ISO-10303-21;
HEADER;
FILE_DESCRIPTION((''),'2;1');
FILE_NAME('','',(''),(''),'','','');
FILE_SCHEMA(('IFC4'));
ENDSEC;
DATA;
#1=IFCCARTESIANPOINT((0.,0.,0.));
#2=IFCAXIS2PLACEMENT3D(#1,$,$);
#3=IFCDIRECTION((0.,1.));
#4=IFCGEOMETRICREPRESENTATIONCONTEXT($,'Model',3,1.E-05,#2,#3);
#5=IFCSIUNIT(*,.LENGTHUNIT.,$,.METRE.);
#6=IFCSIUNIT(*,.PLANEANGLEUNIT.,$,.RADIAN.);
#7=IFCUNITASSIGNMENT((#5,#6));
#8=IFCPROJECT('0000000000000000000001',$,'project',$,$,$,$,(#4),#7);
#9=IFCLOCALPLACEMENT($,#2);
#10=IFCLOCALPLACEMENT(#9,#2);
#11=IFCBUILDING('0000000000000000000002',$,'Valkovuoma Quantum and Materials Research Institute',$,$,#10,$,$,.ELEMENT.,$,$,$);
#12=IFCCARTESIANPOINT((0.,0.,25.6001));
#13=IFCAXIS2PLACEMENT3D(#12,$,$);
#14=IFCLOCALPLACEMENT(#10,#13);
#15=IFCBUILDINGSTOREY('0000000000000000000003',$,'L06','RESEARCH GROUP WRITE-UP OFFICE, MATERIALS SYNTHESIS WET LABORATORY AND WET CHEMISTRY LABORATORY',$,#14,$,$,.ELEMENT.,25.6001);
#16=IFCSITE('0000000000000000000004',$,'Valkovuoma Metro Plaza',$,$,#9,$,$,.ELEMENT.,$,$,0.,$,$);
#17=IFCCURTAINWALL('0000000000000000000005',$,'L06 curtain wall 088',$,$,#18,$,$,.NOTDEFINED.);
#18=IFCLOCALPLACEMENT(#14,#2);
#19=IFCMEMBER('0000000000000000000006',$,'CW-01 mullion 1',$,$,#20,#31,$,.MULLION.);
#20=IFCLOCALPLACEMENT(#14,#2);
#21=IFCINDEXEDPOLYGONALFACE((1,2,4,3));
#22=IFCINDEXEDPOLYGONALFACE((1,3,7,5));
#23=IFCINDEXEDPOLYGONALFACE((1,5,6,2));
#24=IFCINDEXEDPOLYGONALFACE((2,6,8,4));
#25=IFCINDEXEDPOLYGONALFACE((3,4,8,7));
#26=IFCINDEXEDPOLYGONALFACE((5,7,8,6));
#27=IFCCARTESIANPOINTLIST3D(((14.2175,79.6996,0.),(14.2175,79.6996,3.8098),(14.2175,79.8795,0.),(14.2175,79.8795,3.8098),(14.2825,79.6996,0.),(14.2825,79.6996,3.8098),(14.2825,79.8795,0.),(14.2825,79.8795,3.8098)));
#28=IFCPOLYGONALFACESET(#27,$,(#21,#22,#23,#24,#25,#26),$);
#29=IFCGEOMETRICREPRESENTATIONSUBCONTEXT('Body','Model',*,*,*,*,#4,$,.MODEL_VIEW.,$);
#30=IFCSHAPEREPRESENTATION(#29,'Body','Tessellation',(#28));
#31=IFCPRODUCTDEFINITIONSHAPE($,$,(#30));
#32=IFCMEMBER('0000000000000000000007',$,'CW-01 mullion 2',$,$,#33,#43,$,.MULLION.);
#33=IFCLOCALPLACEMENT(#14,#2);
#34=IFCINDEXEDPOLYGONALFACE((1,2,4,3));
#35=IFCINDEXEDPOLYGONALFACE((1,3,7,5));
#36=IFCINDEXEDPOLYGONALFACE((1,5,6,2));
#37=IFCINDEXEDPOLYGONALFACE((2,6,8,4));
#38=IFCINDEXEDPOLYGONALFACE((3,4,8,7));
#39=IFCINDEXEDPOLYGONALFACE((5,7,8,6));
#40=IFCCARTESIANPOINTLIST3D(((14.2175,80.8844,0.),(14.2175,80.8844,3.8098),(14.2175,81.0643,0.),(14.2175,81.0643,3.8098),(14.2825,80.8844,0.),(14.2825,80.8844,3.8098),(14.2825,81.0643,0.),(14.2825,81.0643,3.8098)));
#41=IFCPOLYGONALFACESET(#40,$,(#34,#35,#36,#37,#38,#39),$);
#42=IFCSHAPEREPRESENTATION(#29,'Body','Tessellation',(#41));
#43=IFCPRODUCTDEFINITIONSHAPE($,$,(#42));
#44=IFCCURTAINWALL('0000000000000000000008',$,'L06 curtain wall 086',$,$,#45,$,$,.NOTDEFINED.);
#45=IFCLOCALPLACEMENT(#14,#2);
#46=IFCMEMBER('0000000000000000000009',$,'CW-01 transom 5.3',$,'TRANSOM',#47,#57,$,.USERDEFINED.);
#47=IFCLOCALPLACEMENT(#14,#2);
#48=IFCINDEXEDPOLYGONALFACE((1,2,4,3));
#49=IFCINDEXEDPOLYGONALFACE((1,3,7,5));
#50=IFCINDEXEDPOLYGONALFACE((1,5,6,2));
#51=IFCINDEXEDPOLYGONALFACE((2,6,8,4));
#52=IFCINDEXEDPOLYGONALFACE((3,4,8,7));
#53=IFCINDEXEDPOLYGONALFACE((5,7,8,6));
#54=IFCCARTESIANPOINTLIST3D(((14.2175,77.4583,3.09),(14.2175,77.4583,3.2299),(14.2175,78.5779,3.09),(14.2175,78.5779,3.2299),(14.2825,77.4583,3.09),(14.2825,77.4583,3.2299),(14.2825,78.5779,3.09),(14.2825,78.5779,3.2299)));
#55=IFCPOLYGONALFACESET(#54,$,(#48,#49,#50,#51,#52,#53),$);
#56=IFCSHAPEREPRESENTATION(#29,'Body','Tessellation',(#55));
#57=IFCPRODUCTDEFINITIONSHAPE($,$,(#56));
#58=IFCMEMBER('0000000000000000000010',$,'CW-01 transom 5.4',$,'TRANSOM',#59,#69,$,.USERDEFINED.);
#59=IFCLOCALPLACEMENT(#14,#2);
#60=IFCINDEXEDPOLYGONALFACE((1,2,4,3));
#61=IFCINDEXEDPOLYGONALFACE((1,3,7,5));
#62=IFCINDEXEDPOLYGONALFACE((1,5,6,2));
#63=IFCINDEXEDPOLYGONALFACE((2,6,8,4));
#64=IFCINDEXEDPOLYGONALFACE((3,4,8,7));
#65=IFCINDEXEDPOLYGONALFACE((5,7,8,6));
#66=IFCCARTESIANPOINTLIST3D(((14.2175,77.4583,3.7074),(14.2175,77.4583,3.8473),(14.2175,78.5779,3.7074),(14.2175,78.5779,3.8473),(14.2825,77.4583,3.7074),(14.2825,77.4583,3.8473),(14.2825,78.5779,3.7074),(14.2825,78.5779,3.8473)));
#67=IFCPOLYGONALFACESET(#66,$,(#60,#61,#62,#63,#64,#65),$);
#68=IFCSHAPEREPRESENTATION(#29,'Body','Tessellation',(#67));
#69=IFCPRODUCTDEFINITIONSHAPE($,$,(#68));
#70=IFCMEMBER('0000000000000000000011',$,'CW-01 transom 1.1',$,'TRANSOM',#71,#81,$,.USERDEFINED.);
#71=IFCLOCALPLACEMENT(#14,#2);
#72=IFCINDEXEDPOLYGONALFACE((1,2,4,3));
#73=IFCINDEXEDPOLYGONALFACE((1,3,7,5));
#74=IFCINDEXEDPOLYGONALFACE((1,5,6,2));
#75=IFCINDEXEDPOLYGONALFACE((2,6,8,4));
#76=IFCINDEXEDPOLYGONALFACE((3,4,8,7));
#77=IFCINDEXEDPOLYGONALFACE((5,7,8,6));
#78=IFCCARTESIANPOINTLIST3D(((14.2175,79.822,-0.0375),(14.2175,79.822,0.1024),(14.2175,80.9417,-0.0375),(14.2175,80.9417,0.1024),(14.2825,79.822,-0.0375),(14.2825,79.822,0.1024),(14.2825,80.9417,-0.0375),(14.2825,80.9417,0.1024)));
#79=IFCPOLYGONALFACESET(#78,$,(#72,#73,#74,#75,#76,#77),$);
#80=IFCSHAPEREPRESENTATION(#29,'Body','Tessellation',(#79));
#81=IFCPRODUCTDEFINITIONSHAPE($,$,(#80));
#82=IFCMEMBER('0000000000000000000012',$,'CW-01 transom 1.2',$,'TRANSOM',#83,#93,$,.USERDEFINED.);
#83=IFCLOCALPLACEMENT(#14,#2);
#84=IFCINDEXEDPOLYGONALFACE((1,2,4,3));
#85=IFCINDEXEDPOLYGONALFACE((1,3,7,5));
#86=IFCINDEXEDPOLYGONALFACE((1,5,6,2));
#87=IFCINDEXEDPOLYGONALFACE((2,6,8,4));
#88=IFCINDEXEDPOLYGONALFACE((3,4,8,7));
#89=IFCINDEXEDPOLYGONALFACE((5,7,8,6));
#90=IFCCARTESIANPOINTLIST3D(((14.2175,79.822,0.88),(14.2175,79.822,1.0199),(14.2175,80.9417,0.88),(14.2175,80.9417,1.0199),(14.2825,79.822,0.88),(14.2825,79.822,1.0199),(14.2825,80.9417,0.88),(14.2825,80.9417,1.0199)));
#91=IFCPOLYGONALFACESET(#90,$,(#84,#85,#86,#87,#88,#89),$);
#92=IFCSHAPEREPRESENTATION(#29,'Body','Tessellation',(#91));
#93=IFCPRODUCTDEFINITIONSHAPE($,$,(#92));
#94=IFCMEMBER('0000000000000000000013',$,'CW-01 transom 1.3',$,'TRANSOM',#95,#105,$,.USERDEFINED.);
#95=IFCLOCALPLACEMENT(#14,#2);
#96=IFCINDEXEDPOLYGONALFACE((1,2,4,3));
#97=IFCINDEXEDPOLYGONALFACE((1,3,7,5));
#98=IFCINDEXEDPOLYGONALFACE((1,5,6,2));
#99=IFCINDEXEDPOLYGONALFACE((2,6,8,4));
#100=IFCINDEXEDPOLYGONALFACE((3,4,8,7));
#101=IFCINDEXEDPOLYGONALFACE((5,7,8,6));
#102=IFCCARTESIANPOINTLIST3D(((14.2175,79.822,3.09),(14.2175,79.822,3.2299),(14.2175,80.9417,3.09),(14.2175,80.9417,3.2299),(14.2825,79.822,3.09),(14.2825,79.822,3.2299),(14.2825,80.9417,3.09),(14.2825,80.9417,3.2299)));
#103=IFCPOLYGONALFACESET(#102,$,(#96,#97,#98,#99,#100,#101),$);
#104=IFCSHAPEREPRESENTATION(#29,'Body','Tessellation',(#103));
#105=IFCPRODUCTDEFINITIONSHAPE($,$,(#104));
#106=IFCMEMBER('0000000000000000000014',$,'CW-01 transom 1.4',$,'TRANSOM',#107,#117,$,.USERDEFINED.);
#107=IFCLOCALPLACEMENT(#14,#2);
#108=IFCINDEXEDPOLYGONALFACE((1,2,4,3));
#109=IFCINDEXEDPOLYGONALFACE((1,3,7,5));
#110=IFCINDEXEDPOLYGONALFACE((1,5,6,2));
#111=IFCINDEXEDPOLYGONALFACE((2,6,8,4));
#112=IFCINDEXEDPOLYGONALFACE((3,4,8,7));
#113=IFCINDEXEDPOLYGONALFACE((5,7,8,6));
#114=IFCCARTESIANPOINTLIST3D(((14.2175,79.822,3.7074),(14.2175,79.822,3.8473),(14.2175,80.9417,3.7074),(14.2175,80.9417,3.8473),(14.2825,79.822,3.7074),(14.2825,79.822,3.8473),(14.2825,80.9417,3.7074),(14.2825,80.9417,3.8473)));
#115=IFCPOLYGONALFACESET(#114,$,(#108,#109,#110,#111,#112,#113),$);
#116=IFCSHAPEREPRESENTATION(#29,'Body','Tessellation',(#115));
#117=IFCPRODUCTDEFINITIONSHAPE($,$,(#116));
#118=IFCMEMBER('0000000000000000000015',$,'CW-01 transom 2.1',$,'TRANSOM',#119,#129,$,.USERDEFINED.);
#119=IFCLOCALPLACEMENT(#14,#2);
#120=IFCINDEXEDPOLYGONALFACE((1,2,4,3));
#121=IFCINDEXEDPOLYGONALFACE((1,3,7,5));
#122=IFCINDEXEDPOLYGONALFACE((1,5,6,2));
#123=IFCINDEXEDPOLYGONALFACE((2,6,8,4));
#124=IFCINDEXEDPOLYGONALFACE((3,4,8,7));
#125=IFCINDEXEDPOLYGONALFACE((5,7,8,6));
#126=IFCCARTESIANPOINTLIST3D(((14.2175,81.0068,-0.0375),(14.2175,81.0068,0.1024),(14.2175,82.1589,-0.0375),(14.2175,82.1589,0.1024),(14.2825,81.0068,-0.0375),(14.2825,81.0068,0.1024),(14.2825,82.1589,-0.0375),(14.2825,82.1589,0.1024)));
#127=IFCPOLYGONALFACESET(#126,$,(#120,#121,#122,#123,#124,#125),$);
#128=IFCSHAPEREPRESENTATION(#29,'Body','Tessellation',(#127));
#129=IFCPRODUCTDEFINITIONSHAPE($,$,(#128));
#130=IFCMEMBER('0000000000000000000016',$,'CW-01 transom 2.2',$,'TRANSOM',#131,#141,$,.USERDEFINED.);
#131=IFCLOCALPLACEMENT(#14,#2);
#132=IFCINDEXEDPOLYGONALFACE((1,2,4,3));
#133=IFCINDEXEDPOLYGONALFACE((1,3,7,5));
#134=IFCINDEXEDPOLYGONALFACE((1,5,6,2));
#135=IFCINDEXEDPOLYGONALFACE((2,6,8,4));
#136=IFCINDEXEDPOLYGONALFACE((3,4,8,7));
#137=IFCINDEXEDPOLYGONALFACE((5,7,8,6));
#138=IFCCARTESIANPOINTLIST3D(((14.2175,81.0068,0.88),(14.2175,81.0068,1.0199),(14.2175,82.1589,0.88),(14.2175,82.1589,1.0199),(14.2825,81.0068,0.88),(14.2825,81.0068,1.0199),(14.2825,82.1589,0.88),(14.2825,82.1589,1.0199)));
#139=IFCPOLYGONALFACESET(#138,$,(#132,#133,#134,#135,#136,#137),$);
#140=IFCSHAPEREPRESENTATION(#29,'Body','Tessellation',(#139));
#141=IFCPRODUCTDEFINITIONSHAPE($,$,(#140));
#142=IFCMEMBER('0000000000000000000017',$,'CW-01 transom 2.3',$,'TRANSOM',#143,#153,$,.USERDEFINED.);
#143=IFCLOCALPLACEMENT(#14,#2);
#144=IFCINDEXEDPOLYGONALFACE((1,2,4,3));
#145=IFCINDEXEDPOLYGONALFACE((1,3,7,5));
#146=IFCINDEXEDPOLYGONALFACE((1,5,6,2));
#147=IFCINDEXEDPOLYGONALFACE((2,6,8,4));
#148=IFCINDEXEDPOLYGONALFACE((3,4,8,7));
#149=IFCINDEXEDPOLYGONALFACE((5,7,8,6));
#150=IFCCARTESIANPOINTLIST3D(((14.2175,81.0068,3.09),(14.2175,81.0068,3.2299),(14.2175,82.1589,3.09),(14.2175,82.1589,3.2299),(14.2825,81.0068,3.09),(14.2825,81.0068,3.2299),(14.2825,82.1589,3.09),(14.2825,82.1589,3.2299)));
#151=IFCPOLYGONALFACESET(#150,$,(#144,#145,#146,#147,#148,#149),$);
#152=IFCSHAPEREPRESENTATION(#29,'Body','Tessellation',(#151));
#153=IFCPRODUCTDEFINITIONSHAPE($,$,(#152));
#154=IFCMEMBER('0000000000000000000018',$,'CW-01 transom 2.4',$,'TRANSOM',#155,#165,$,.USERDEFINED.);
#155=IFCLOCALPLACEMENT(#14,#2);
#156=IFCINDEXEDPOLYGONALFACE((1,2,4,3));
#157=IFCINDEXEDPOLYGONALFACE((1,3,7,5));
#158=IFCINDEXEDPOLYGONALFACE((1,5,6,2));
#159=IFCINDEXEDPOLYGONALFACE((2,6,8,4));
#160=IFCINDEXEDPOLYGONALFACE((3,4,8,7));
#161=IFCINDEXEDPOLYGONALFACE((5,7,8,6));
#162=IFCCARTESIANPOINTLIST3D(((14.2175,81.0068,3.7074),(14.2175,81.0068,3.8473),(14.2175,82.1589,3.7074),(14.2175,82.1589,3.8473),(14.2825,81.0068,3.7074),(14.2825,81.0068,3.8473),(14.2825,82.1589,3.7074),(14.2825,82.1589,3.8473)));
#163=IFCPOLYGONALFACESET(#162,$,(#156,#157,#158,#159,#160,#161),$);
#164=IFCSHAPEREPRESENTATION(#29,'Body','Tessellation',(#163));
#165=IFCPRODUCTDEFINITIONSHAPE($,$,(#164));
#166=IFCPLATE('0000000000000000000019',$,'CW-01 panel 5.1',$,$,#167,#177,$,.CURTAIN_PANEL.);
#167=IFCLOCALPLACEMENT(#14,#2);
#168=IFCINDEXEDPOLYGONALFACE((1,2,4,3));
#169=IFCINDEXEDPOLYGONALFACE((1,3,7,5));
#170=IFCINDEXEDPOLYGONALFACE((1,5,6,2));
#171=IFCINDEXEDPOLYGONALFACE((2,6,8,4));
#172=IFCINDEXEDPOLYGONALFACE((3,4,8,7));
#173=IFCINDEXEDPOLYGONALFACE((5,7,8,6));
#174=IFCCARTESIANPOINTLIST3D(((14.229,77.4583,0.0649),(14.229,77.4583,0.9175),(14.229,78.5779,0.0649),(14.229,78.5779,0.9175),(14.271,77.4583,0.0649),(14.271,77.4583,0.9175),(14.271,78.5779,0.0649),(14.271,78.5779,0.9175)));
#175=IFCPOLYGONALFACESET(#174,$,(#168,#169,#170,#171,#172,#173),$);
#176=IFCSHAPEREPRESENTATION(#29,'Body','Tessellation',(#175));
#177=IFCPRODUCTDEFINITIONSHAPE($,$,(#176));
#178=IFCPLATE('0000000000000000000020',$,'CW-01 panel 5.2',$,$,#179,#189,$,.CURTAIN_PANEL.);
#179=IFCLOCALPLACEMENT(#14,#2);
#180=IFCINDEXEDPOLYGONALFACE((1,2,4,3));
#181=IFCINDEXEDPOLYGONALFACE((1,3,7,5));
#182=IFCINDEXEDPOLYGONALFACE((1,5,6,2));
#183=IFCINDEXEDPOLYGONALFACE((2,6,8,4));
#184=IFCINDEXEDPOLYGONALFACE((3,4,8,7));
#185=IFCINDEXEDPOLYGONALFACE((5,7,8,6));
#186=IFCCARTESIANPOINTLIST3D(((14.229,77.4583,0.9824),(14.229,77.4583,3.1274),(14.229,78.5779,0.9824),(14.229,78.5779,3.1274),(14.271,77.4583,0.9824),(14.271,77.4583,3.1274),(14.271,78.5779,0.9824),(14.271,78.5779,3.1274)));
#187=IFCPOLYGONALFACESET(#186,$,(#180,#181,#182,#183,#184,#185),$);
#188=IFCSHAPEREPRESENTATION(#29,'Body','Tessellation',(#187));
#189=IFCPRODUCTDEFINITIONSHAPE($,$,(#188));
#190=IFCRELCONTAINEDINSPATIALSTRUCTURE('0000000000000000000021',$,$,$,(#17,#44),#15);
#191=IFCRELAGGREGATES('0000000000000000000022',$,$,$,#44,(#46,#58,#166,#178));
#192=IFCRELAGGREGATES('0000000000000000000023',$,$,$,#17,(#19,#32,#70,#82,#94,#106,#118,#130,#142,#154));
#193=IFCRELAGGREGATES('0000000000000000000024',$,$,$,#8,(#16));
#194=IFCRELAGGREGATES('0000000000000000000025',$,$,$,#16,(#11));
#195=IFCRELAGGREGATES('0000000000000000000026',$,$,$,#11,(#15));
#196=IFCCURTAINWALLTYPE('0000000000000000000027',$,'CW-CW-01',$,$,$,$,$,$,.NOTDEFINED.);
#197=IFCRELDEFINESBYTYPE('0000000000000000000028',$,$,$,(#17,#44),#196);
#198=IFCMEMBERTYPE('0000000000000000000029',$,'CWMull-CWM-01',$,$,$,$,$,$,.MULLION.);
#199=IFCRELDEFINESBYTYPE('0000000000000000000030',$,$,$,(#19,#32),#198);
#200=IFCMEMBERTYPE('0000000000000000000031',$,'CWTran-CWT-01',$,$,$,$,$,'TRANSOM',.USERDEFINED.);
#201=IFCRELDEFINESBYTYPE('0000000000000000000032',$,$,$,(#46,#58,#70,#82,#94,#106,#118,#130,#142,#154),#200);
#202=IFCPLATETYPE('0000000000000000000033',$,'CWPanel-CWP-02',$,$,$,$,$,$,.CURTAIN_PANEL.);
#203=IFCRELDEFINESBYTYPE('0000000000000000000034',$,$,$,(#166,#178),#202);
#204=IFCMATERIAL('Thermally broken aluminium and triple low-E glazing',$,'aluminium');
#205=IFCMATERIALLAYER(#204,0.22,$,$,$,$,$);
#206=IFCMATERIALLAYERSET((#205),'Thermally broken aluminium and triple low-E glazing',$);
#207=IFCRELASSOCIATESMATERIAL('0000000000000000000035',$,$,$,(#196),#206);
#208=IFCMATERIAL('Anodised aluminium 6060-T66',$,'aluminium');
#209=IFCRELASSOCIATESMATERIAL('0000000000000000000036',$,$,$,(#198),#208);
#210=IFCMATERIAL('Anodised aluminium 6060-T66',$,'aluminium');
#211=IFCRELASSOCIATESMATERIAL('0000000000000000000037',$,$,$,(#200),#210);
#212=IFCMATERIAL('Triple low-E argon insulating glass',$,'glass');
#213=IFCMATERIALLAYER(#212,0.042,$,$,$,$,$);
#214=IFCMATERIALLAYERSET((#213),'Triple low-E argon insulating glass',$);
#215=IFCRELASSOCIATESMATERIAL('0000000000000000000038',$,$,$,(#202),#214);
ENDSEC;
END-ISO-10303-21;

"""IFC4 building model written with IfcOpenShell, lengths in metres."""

from ifc_helpers import new_model, si_unit, direction, frame, origin, origin_2d, place, context, subcontext, project, spatial, rectangle, extrude, material, layer, layer_set, material_profile, profile_set, type_object, element, aggregate, save


model = new_model("IFC4")

# Units and contexts
model_context = context("Model", 3, precision=1e-05, world=origin(), true_north=direction((0.0, 1.0)))
body_context = subcontext(model_context, "Body", "Model", "MODEL_VIEW")
ifc_project = project(units=[si_unit("LENGTHUNIT", "METRE"), si_unit("PLANEANGLEUNIT", "RADIAN")], contexts=[model_context])

# Site, building, storey
site_placement = place(None, origin())
site = spatial("IfcSite", under=ifc_project, at=site_placement, Name="Valkovuoma Metro Plaza", CompositionType="ELEMENT", RefElevation=0.0)
building_placement = place(site_placement, origin())
building = spatial("IfcBuilding", under=site, at=building_placement, Name="Valkovuoma Quantum and Materials Research Institute", CompositionType="ELEMENT")
storey_placement = place(building_placement, frame((0.0, 0.0, 25.6001)))
storey = spatial("IfcBuildingStorey", under=building, at=storey_placement, Name="L06", Description="RESEARCH GROUP WRITE-UP OFFICE, MATERIALS SYNTHESIS WET LABORATORY AND WET CHEMISTRY LABORATORY", CompositionType="ELEMENT", Elevation=25.6001)

# Curtain walls, members
ifc_material_1 = material(Name="Thermally broken aluminium and triple low-E glazing", Category="aluminium")
ifc_layer_1 = layer(ifc_material_1, 0.22)
ifc_layer_set_1 = layer_set([ifc_layer_1], Name="Thermally broken aluminium and triple low-E glazing")
curtain_wall_type = type_object("IfcCurtainWallType", Name="CW-CW-01", PredefinedType="NOTDEFINED", material=ifc_layer_set_1)
curtain_wall_1_placement = place(storey_placement, origin())
curtain_wall_1 = element("IfcCurtainWall", 1, at=curtain_wall_1_placement, inside=storey, type_object=curtain_wall_type, Name="L06 curtain wall 088", PredefinedType="NOTDEFINED")
ifc_material_2 = material(Name="Anodised aluminium 6060-T66", Category="aluminium")
ifc_material_profile_1 = material_profile(ifc_material_2, rectangle(XDim=0.0649, YDim=0.1799, at=origin_2d()), Name="Anodised aluminium 6060-T66")
ifc_profile_set_1 = profile_set([ifc_material_profile_1], Name="Anodised aluminium 6060-T66")
member_type_1 = type_object("IfcMemberType", Name="CWMull-CWM-01", PredefinedType="MULLION", material=ifc_profile_set_1)
member_1_placement = place(storey_placement, frame((14.25, 79.7896, 0.0), z_axis=(0.0, 0.0, 1.0), x_axis=(-1.0, 0.0, 0.0)))
member_1 = element("IfcMember", 2, at=member_1_placement, type_object=member_type_1, Name="CW-01 mullion 1", PredefinedType="MULLION", context=body_context, shape_type="SweptSolid", body=[
    extrude(rectangle(XDim=0.0649, YDim=0.1799, at=origin_2d()), origin(), (0.0, 0.0, 1.0), 3.8098),
])
member_2_placement = place(storey_placement, frame((14.25, 80.9744, 0.0), z_axis=(0.0, 0.0, 1.0), x_axis=(-1.0, 0.0, 0.0)))
member_2 = element("IfcMember", 3, at=member_2_placement, type_object=member_type_1, Name="CW-01 mullion 2", PredefinedType="MULLION", context=body_context, shape_type="SweptSolid", body=[
    extrude(rectangle(XDim=0.0649, YDim=0.1799, at=origin_2d()), origin(), (0.0, 0.0, 1.0), 3.8098),
])
curtain_wall_2_placement = place(storey_placement, origin())
curtain_wall_2 = element("IfcCurtainWall", 4, at=curtain_wall_2_placement, inside=storey, type_object=curtain_wall_type, Name="L06 curtain wall 086", PredefinedType="NOTDEFINED")
ifc_material_3 = material(Name="Anodised aluminium 6060-T66", Category="aluminium")
ifc_material_profile_2 = material_profile(ifc_material_3, rectangle(XDim=0.0649, YDim=0.1399, at=origin_2d()), Name="Anodised aluminium 6060-T66")
ifc_profile_set_2 = profile_set([ifc_material_profile_2], Name="Anodised aluminium 6060-T66")
member_type_2 = type_object("IfcMemberType", Name="CWTran-CWT-01", ElementType="TRANSOM", PredefinedType="USERDEFINED", material=ifc_profile_set_2)
member_3_placement = place(storey_placement, frame((14.25, 77.4583, 3.1599), z_axis=(0.0, 1.0, 0.0), x_axis=(-1.0, 0.0, 0.0)))
member_3 = element("IfcMember", 5, at=member_3_placement, type_object=member_type_2, Name="CW-01 transom 5.3", ObjectType="TRANSOM", PredefinedType="USERDEFINED", context=body_context, shape_type="SweptSolid", body=[
    extrude(rectangle(XDim=0.0649, YDim=0.1399, at=origin_2d()), origin(), (0.0, 0.0, 1.0), 1.1196),
])
member_4_placement = place(storey_placement, frame((14.25, 77.4583, 3.7773), z_axis=(0.0, 1.0, 0.0), x_axis=(-1.0, 0.0, 0.0)))
member_4 = element("IfcMember", 6, at=member_4_placement, type_object=member_type_2, Name="CW-01 transom 5.4", ObjectType="TRANSOM", PredefinedType="USERDEFINED", context=body_context, shape_type="SweptSolid", body=[
    extrude(rectangle(XDim=0.0649, YDim=0.1399, at=origin_2d()), origin(), (0.0, 0.0, 1.0), 1.1196),
])

# Members
member_5_placement = place(storey_placement, frame((14.25, 79.822, 0.0325), z_axis=(0.0, 1.0, 0.0), x_axis=(-1.0, 0.0, 0.0)))
member_5 = element("IfcMember", 7, at=member_5_placement, type_object=member_type_2, Name="CW-01 transom 1.1", ObjectType="TRANSOM", PredefinedType="USERDEFINED", context=body_context, shape_type="SweptSolid", body=[
    extrude(rectangle(XDim=0.0649, YDim=0.1399, at=origin_2d()), origin(), (0.0, 0.0, 1.0), 1.1196),
])
member_6_placement = place(storey_placement, frame((14.25, 79.822, 0.95), z_axis=(0.0, 1.0, 0.0), x_axis=(-1.0, 0.0, 0.0)))
member_6 = element("IfcMember", 8, at=member_6_placement, type_object=member_type_2, Name="CW-01 transom 1.2", ObjectType="TRANSOM", PredefinedType="USERDEFINED", context=body_context, shape_type="SweptSolid", body=[
    extrude(rectangle(XDim=0.0649, YDim=0.1399, at=origin_2d()), origin(), (0.0, 0.0, 1.0), 1.1196),
])
member_7_placement = place(storey_placement, frame((14.25, 79.822, 3.1599), z_axis=(0.0, 1.0, 0.0), x_axis=(-1.0, 0.0, 0.0)))
member_7 = element("IfcMember", 9, at=member_7_placement, type_object=member_type_2, Name="CW-01 transom 1.3", ObjectType="TRANSOM", PredefinedType="USERDEFINED", context=body_context, shape_type="SweptSolid", body=[
    extrude(rectangle(XDim=0.0649, YDim=0.1399, at=origin_2d()), origin(), (0.0, 0.0, 1.0), 1.1196),
])
member_8_placement = place(storey_placement, frame((14.25, 79.822, 3.7773), z_axis=(0.0, 1.0, 0.0), x_axis=(-1.0, 0.0, 0.0)))
member_8 = element("IfcMember", 10, at=member_8_placement, type_object=member_type_2, Name="CW-01 transom 1.4", ObjectType="TRANSOM", PredefinedType="USERDEFINED", context=body_context, shape_type="SweptSolid", body=[
    extrude(rectangle(XDim=0.0649, YDim=0.1399, at=origin_2d()), origin(), (0.0, 0.0, 1.0), 1.1196),
])
member_9_placement = place(storey_placement, frame((14.25, 81.0068, 0.0325), z_axis=(0.0, 1.0, 0.0), x_axis=(-1.0, 0.0, 0.0)))
member_9 = element("IfcMember", 11, at=member_9_placement, type_object=member_type_2, Name="CW-01 transom 2.1", ObjectType="TRANSOM", PredefinedType="USERDEFINED", context=body_context, shape_type="SweptSolid", body=[
    extrude(rectangle(XDim=0.0649, YDim=0.1399, at=origin_2d()), origin(), (0.0, 0.0, 1.0), 1.1521),
])
member_10_placement = place(storey_placement, frame((14.25, 81.0068, 0.95), z_axis=(0.0, 1.0, 0.0), x_axis=(-1.0, 0.0, 0.0)))
member_10 = element("IfcMember", 12, at=member_10_placement, type_object=member_type_2, Name="CW-01 transom 2.2", ObjectType="TRANSOM", PredefinedType="USERDEFINED", context=body_context, shape_type="SweptSolid", body=[
    extrude(rectangle(XDim=0.0649, YDim=0.1399, at=origin_2d()), origin(), (0.0, 0.0, 1.0), 1.1521),
])
member_11_placement = place(storey_placement, frame((14.25, 81.0068, 3.1599), z_axis=(0.0, 1.0, 0.0), x_axis=(-1.0, 0.0, 0.0)))
member_11 = element("IfcMember", 13, at=member_11_placement, type_object=member_type_2, Name="CW-01 transom 2.3", ObjectType="TRANSOM", PredefinedType="USERDEFINED", context=body_context, shape_type="SweptSolid", body=[
    extrude(rectangle(XDim=0.0649, YDim=0.1399, at=origin_2d()), origin(), (0.0, 0.0, 1.0), 1.1521),
])
member_12_placement = place(storey_placement, frame((14.25, 81.0068, 3.7773), z_axis=(0.0, 1.0, 0.0), x_axis=(-1.0, 0.0, 0.0)))
member_12 = element("IfcMember", 14, at=member_12_placement, type_object=member_type_2, Name="CW-01 transom 2.4", ObjectType="TRANSOM", PredefinedType="USERDEFINED", context=body_context, shape_type="SweptSolid", body=[
    extrude(rectangle(XDim=0.0649, YDim=0.1399, at=origin_2d()), origin(), (0.0, 0.0, 1.0), 1.1521),
])

# Plates
ifc_material_4 = material(Name="Triple low-E argon insulating glass", Category="glass")
ifc_layer_2 = layer(ifc_material_4, 0.042)
ifc_layer_set_2 = layer_set([ifc_layer_2], Name="Triple low-E argon insulating glass")
plate_type = type_object("IfcPlateType", Name="CWPanel-CWP-02", PredefinedType="CURTAIN_PANEL", material=ifc_layer_set_2)
plate_1_placement = place(storey_placement, frame((14.25, 78.0181, 0.0649), z_axis=(0.0, 0.0, 1.0), x_axis=(0.0, 1.0, 0.0)))
plate_1 = element("IfcPlate", 15, at=plate_1_placement, type_object=plate_type, Name="CW-01 panel 5.1", PredefinedType="CURTAIN_PANEL", context=body_context, shape_type="SweptSolid", body=[
    extrude(rectangle(XDim=1.1196, YDim=0.042, at=origin_2d()), origin(), (0.0, 0.0, 1.0), 0.8525),
])
plate_2_placement = place(storey_placement, frame((14.25, 78.0181, 0.9824), z_axis=(0.0, 0.0, 1.0), x_axis=(0.0, 1.0, 0.0)))
plate_2 = element("IfcPlate", 16, at=plate_2_placement, type_object=plate_type, Name="CW-01 panel 5.2", PredefinedType="CURTAIN_PANEL", context=body_context, shape_type="SweptSolid", body=[
    extrude(rectangle(XDim=1.1196, YDim=0.042, at=origin_2d()), origin(), (0.0, 0.0, 1.0), 2.145),
])
aggregate(curtain_wall_2, [member_3, member_4, plate_1, plate_2])
aggregate(curtain_wall_1, [member_1, member_2, member_5, member_6, member_7, member_8, member_9, member_10, member_11, member_12])

save(model, "model.ifc")
